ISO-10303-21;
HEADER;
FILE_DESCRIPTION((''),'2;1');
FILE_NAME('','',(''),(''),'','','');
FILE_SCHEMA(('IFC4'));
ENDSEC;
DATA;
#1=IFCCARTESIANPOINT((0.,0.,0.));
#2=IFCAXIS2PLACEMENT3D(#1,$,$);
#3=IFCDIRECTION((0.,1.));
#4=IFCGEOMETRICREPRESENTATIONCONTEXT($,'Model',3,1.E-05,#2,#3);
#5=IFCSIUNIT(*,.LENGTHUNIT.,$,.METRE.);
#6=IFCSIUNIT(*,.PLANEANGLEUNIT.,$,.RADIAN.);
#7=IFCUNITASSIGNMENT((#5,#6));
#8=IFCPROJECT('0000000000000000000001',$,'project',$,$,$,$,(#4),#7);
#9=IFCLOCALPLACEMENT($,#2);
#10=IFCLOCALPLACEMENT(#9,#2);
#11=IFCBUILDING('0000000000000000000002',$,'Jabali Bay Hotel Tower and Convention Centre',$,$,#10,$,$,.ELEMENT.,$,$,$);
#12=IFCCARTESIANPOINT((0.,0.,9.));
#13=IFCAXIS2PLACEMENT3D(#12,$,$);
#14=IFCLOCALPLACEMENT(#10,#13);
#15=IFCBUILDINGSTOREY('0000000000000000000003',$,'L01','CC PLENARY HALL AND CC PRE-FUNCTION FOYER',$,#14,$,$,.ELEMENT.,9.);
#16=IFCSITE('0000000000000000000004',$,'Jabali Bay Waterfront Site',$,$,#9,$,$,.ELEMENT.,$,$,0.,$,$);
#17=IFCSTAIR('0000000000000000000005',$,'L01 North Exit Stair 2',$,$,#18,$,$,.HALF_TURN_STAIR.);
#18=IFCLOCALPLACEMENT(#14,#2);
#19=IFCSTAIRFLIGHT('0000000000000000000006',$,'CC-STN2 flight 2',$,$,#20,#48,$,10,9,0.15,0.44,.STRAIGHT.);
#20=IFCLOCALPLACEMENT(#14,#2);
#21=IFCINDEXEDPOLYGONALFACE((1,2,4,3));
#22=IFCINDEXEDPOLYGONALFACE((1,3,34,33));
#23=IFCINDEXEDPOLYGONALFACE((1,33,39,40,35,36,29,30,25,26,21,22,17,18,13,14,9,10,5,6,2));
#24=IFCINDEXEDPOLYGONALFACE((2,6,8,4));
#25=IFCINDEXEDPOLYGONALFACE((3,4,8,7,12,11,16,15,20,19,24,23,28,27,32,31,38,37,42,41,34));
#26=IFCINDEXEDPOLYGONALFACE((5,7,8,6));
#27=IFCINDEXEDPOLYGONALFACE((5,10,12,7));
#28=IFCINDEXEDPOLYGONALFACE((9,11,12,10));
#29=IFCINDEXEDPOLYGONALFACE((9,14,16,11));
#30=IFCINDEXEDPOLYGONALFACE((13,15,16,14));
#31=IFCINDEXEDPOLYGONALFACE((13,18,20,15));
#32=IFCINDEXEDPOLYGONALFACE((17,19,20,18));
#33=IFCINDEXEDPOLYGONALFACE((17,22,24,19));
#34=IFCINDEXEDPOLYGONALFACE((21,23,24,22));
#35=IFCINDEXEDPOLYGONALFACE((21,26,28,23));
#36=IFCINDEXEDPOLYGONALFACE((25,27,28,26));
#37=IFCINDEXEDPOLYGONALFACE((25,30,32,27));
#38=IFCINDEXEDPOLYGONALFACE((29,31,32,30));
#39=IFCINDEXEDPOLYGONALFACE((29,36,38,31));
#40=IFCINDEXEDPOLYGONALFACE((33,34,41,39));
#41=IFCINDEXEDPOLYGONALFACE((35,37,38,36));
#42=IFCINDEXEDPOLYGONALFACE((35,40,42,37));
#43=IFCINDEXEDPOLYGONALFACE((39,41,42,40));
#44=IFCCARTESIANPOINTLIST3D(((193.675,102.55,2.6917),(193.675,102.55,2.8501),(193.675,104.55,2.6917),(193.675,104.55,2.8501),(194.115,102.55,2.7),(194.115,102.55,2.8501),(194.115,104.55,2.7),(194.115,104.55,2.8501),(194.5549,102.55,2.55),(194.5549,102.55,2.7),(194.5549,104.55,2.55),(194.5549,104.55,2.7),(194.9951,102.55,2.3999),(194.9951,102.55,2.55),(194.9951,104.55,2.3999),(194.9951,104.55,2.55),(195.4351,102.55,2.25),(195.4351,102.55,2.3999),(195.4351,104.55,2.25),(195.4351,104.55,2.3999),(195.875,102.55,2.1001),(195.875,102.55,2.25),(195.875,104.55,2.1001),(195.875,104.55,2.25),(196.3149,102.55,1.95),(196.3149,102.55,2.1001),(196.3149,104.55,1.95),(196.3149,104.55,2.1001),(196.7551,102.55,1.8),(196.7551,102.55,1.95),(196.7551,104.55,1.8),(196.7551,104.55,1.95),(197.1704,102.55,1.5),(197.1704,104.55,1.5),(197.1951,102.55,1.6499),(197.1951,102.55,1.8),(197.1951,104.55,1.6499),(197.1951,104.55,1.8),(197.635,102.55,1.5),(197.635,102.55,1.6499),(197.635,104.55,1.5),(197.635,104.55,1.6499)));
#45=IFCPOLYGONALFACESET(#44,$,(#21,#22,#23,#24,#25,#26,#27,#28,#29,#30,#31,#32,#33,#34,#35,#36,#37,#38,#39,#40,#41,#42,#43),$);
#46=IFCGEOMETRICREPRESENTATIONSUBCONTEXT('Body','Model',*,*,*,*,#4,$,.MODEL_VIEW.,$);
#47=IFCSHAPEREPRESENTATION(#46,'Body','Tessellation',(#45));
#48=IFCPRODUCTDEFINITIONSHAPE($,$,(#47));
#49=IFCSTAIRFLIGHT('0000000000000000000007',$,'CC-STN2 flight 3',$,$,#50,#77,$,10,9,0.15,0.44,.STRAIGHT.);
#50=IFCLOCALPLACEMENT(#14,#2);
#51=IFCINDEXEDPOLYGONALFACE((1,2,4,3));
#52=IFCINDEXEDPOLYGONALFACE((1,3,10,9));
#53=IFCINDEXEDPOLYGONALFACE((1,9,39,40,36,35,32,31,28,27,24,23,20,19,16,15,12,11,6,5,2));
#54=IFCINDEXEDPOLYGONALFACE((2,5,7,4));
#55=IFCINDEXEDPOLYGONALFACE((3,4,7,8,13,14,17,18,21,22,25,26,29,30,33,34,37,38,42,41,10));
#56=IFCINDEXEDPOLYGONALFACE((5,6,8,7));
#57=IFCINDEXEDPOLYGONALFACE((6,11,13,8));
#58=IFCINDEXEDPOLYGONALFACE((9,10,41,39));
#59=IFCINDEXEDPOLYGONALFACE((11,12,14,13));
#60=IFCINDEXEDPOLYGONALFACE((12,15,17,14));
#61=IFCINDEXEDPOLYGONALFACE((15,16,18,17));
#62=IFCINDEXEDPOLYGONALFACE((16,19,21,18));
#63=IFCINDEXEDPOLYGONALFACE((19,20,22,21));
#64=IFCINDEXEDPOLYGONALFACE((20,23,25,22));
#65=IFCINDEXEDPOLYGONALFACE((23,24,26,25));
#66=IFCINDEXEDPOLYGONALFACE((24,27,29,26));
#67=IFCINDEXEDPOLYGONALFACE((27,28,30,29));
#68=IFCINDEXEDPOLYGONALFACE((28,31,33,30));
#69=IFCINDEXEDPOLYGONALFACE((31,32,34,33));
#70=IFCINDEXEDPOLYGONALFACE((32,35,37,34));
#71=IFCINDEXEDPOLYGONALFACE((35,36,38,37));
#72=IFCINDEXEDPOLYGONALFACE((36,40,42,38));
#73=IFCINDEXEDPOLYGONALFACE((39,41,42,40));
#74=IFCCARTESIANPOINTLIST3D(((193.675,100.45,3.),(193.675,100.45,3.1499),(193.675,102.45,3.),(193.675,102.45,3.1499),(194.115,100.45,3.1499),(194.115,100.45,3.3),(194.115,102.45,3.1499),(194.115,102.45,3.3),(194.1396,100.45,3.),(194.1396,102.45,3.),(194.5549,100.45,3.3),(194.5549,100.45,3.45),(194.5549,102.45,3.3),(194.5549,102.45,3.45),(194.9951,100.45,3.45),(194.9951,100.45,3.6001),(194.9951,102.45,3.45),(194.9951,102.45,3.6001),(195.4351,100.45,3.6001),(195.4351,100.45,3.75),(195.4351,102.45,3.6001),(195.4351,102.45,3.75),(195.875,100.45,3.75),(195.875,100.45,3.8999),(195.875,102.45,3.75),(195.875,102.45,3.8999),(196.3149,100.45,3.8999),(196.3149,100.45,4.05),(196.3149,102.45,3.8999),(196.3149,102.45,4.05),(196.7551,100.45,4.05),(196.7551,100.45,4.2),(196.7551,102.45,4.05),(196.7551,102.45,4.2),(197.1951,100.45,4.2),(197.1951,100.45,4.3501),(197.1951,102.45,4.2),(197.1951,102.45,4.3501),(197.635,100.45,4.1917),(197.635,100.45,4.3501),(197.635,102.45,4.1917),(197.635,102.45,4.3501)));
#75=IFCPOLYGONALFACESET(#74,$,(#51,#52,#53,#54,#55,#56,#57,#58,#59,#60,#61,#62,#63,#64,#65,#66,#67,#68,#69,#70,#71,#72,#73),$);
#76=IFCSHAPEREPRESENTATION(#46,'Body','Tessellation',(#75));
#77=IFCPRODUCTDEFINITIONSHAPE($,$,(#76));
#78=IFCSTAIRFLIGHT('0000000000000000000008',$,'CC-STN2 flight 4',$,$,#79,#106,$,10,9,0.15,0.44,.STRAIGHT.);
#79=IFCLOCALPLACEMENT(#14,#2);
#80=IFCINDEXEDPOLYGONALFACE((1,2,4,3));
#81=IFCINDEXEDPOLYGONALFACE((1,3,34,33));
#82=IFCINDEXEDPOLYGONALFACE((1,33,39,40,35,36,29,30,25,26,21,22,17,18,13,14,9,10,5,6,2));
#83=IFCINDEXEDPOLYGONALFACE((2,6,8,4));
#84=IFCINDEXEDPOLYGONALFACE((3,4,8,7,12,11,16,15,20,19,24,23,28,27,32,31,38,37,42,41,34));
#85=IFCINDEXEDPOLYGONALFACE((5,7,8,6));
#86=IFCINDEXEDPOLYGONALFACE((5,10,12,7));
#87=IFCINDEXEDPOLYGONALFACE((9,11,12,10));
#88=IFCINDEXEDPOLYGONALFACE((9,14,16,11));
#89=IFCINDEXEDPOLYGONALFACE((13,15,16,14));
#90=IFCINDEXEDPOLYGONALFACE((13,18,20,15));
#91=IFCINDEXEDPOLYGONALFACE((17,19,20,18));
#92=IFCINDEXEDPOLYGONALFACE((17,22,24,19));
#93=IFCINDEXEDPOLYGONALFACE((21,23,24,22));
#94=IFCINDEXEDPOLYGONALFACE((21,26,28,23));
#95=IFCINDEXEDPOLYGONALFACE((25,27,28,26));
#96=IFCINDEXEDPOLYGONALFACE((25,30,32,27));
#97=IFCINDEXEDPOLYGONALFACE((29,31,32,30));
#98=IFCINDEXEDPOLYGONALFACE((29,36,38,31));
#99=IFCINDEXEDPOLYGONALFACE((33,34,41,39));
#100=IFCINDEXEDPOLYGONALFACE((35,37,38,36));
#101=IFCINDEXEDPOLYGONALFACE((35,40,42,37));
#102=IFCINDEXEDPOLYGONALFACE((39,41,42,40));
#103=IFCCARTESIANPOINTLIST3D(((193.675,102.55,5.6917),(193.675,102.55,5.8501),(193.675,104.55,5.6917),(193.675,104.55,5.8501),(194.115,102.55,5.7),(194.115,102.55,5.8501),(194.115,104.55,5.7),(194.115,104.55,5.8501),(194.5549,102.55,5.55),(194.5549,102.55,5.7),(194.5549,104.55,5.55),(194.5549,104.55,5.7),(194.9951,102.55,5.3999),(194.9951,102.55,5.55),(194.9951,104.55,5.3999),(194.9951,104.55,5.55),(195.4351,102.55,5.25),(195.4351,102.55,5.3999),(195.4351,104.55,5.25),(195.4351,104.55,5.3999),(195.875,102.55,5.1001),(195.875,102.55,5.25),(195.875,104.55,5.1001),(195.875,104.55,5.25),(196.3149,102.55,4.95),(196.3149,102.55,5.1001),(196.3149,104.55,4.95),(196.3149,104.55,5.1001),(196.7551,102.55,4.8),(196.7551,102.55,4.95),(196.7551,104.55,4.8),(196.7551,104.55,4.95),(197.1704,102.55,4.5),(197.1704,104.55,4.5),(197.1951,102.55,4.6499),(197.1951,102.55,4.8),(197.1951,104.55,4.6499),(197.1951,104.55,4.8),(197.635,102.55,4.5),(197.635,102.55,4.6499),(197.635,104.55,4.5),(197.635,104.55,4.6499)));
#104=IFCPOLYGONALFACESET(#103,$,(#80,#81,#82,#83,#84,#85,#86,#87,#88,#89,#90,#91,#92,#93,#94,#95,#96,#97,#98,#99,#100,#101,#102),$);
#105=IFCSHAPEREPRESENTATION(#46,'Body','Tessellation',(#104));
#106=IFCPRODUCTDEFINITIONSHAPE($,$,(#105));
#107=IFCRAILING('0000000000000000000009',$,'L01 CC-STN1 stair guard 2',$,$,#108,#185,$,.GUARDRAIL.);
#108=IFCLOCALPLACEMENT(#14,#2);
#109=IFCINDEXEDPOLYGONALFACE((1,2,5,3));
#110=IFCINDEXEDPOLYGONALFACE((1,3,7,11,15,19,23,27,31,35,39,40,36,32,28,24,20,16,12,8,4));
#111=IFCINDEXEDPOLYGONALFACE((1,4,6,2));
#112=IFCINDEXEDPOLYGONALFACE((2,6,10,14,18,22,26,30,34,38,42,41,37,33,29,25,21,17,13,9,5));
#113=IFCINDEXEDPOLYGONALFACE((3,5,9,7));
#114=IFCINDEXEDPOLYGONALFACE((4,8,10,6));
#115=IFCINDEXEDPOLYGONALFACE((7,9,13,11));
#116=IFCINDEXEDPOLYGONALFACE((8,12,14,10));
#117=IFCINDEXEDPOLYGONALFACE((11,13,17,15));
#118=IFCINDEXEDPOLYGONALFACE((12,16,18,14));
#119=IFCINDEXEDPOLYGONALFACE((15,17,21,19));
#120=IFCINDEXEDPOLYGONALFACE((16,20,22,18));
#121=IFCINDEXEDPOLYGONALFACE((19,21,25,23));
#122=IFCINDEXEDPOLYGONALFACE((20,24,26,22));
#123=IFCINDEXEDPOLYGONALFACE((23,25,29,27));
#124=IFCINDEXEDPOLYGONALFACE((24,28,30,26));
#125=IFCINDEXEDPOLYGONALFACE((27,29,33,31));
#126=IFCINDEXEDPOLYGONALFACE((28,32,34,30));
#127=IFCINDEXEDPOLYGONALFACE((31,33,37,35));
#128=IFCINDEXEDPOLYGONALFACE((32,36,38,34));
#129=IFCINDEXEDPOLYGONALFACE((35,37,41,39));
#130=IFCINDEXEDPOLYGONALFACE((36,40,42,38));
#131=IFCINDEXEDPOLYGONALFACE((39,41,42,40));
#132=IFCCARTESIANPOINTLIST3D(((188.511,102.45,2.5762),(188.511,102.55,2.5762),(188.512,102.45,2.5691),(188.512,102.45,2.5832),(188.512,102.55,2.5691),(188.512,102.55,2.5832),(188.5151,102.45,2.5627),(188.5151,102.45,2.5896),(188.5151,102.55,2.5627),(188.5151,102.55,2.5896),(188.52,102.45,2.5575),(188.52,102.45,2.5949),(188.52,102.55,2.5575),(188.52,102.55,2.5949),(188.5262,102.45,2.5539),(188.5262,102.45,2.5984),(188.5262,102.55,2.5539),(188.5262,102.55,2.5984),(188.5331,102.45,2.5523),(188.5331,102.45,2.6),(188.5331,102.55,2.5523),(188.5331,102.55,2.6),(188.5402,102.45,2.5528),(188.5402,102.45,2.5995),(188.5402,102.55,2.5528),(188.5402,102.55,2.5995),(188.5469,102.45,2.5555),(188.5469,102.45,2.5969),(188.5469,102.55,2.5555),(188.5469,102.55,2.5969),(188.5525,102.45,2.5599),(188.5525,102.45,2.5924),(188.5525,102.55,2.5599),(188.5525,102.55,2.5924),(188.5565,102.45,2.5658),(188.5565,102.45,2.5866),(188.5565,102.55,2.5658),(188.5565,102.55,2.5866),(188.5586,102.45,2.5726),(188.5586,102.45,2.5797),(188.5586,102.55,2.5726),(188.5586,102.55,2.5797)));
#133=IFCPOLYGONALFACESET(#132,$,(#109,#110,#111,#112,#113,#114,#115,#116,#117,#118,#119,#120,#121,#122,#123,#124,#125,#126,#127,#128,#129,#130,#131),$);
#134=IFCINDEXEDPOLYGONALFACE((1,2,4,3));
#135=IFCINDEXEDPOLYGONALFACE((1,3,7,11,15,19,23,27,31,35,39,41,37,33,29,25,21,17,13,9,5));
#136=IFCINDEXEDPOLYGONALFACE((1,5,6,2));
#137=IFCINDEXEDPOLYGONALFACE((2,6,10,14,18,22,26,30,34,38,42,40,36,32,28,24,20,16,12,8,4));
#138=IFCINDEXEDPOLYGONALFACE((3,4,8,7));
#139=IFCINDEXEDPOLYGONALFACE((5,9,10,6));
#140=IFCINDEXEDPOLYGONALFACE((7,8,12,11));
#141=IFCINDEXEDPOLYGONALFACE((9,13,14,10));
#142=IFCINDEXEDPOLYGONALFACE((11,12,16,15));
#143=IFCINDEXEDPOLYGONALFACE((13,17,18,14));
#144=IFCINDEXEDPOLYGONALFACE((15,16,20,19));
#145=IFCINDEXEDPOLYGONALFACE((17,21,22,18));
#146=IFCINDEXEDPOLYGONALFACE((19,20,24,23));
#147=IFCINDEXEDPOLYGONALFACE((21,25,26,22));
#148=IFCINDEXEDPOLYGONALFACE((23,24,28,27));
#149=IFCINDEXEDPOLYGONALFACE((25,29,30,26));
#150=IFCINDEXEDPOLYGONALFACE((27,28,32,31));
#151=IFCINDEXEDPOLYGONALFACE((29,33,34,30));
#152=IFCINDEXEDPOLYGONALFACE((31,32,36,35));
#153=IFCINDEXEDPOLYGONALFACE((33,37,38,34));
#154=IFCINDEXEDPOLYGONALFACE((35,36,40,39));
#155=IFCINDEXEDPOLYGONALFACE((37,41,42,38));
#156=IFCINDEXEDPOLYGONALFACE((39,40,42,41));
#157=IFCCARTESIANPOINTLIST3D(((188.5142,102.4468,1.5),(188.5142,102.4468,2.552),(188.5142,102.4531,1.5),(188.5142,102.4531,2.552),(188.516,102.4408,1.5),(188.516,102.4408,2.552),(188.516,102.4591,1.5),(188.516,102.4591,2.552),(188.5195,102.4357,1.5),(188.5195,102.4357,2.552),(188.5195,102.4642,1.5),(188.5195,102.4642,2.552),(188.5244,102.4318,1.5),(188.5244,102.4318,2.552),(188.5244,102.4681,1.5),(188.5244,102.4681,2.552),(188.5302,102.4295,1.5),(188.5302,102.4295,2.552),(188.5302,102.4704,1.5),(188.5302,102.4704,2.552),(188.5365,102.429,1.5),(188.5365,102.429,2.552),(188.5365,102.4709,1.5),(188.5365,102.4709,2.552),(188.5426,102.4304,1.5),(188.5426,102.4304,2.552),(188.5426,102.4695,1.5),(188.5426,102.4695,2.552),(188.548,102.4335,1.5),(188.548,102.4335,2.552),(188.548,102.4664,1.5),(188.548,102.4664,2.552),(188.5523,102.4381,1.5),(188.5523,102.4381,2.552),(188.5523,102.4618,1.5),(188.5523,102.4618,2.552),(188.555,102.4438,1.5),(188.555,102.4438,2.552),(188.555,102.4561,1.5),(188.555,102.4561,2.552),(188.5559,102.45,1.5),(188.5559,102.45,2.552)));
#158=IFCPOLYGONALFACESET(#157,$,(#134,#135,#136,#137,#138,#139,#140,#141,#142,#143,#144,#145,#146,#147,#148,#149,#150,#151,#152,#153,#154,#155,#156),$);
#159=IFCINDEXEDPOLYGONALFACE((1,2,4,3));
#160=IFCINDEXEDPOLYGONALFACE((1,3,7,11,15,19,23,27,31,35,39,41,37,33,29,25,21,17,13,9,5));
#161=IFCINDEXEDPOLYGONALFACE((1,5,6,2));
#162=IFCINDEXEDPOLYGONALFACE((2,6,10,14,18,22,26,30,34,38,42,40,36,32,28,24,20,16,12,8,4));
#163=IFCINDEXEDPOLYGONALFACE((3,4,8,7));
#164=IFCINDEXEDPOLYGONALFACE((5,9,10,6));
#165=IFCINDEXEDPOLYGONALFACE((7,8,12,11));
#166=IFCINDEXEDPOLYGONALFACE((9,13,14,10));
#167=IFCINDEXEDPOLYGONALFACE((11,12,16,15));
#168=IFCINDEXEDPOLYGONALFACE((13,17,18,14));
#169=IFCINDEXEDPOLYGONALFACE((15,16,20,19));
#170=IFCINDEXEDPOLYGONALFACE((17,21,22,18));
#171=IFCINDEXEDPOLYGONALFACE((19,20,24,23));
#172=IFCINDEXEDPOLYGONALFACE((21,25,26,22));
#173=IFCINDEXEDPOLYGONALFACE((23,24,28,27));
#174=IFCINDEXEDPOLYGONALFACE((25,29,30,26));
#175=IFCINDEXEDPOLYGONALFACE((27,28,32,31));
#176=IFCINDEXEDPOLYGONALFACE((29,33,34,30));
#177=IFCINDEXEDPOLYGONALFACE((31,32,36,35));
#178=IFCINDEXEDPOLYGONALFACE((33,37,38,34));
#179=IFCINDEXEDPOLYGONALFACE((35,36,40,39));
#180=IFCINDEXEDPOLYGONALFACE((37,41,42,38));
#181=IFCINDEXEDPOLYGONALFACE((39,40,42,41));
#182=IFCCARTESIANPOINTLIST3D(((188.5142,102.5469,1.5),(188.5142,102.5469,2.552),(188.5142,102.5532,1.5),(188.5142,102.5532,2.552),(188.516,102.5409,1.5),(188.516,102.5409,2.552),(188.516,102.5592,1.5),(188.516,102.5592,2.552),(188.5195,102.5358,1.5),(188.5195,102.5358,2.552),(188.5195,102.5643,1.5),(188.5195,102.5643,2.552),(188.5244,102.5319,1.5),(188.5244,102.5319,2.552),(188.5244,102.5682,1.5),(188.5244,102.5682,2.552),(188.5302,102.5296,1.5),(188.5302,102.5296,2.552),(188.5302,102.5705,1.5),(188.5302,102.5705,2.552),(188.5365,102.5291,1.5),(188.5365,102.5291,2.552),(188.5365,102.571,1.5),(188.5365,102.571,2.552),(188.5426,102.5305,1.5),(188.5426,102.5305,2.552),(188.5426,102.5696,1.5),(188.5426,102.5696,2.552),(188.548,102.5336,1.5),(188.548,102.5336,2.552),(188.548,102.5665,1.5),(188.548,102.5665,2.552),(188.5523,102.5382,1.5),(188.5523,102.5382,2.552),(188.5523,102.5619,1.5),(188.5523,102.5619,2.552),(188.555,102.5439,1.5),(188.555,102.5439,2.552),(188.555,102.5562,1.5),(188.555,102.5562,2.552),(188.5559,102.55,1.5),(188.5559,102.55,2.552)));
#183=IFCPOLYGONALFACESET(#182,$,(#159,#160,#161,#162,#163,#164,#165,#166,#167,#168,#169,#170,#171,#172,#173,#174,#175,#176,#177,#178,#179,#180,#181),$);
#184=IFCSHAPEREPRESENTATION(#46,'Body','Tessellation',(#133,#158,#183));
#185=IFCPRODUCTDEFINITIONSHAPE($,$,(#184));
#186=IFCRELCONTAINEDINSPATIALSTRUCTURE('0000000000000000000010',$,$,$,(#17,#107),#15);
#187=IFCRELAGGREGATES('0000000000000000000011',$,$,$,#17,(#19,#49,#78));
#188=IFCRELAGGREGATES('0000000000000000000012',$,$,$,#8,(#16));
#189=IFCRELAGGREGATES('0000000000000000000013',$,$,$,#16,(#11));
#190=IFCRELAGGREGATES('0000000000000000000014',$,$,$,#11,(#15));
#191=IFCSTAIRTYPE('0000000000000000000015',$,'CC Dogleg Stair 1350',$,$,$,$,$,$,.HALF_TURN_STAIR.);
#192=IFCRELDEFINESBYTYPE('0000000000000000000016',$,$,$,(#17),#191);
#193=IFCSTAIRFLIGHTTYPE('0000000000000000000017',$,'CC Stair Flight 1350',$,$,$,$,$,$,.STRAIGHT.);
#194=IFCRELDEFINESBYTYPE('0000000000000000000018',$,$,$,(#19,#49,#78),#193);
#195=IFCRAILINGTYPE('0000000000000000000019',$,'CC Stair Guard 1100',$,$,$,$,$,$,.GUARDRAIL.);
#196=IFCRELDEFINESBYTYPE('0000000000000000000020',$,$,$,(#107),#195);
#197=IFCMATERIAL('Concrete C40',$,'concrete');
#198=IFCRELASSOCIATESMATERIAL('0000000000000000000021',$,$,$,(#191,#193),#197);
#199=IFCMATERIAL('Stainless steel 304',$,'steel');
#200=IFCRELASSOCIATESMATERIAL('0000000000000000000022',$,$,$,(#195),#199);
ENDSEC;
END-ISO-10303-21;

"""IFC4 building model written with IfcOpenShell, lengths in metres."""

from ifc_helpers import new_model, si_unit, direction, frame, origin, origin_2d, place, context, subcontext, project, spatial, polyline, circle, outline, extrude, material, type_object, element, aggregate, save


model = new_model("IFC4")

# Units and contexts
model_context = context("Model", 3, precision=1e-05, world=origin(), true_north=direction((0.0, 1.0)))
body_context = subcontext(model_context, "Body", "Model", "MODEL_VIEW")
ifc_project = project(units=[si_unit("LENGTHUNIT", "METRE"), si_unit("PLANEANGLEUNIT", "RADIAN")], contexts=[model_context])

# Site, building, storey
site_placement = place(None, origin())
site = spatial("IfcSite", under=ifc_project, at=site_placement, Name="Jabali Bay Waterfront Site", CompositionType="ELEMENT", RefElevation=0.0)
building_placement = place(site_placement, origin())
building = spatial("IfcBuilding", under=site, at=building_placement, Name="Jabali Bay Hotel Tower and Convention Centre", CompositionType="ELEMENT")
storey_placement = place(building_placement, frame((0.0, 0.0, 9.0)))
storey = spatial("IfcBuildingStorey", under=building, at=storey_placement, Name="L01", Description="CC PLENARY HALL AND CC PRE-FUNCTION FOYER", CompositionType="ELEMENT", Elevation=9.0)

# Shared definitions
ifc_material_1 = material(Name="Concrete C40", Category="concrete")

# Stair, stair flights
stair_type = type_object("IfcStairType", Name="CC Dogleg Stair 1350", PredefinedType="HALF_TURN_STAIR", material=ifc_material_1)
stair_flight_type = type_object("IfcStairFlightType", Name="CC Stair Flight 1350", PredefinedType="STRAIGHT", material=ifc_material_1)
stair_1_placement = place(storey_placement, origin())
stair_1 = element("IfcStair", 1, at=stair_1_placement, inside=storey, type_object=stair_type, Name="L01 North Exit Stair 2", PredefinedType="HALF_TURN_STAIR")
stair_flight_1_placement = place(storey_placement, frame((197.635, 103.55, 1.5), z_axis=(0.0, 0.0, 1.0), x_axis=(-1.0, 0.0, 0.0)))
stair_flight_1 = element("IfcStairFlight", 2, at=stair_flight_1_placement, type_object=stair_flight_type, Name="CC-STN2 flight 2", NumberOfRisers=10, NumberOfTreads=9, PredefinedType="STRAIGHT", RiserHeight=0.15, TreadLength=0.44, context=body_context, shape_type="SweptSolid", body=[
    extrude(outline(polyline([(0.0, 0.0), (0.0, 0.1499), (0.4399, 0.1499), (0.4399, 0.3), (0.8799, 0.3), (0.8799, 0.45), (1.3201, 0.45), (1.3201, 0.6001), (1.76, 0.6001), (1.76, 0.75), (2.2, 0.75), (2.2, 0.8999), (2.6399, 0.8999), (2.6399, 1.05), (3.0801, 1.05), (3.0801, 1.2), (3.52, 1.2), (3.52, 1.3501), (3.96, 1.3501), (3.96, 1.5), (3.96, 1.1917), (0.4646, 0.0), (0.0, 0.0)])), frame((0.0, 1.0, 0.0), z_axis=(0.0, -1.0, 0.0), x_axis=(1.0, 0.0, 0.0)), (0.0, 0.0, 1.0), 2.0),
])
stair_flight_2_placement = place(storey_placement, frame((193.675, 101.45, 3.0), z_axis=(0.0, 0.0, 1.0), x_axis=(1.0, 0.0, 0.0)))
stair_flight_2 = element("IfcStairFlight", 3, at=stair_flight_2_placement, type_object=stair_flight_type, Name="CC-STN2 flight 3", NumberOfRisers=10, NumberOfTreads=9, PredefinedType="STRAIGHT", RiserHeight=0.15, TreadLength=0.44, context=body_context, shape_type="SweptSolid", body=[
    extrude(outline(polyline([(0.0, 0.0), (0.0, 0.1499), (0.4399, 0.1499), (0.4399, 0.3), (0.8799, 0.3), (0.8799, 0.45), (1.3201, 0.45), (1.3201, 0.6001), (1.76, 0.6001), (1.76, 0.75), (2.2, 0.75), (2.2, 0.8999), (2.6399, 0.8999), (2.6399, 1.05), (3.0801, 1.05), (3.0801, 1.2), (3.52, 1.2), (3.52, 1.3501), (3.96, 1.3501), (3.96, 1.5), (3.96, 1.1917), (0.4646, 0.0), (0.0, 0.0)])), frame((0.0, 1.0, 0.0), z_axis=(0.0, -1.0, 0.0), x_axis=(1.0, 0.0, 0.0)), (0.0, 0.0, 1.0), 2.0),
])
stair_flight_3_placement = place(storey_placement, frame((197.635, 103.55, 4.5), z_axis=(0.0, 0.0, 1.0), x_axis=(-1.0, 0.0, 0.0)))
stair_flight_3 = element("IfcStairFlight", 4, at=stair_flight_3_placement, type_object=stair_flight_type, Name="CC-STN2 flight 4", NumberOfRisers=10, NumberOfTreads=9, PredefinedType="STRAIGHT", RiserHeight=0.15, TreadLength=0.44, context=body_context, shape_type="SweptSolid", body=[
    extrude(outline(polyline([(0.0, 0.0), (0.0, 0.1499), (0.4399, 0.1499), (0.4399, 0.3), (0.8799, 0.3), (0.8799, 0.45), (1.3201, 0.45), (1.3201, 0.6001), (1.76, 0.6001), (1.76, 0.75), (2.2, 0.75), (2.2, 0.8999), (2.6399, 0.8999), (2.6399, 1.05), (3.0801, 1.05), (3.0801, 1.2), (3.52, 1.2), (3.52, 1.3501), (3.96, 1.3501), (3.96, 1.5), (3.96, 1.1917), (0.4646, 0.0), (0.0, 0.0)])), frame((0.0, 1.0, 0.0), z_axis=(0.0, -1.0, 0.0), x_axis=(1.0, 0.0, 0.0)), (0.0, 0.0, 1.0), 2.0),
])
aggregate(stair_1, [stair_flight_1, stair_flight_2, stair_flight_3])

# Railing
ifc_material_2 = material(Name="Stainless steel 304", Category="steel")
railing_type_1 = type_object("IfcRailingType", Name="CC Stair Guard 1100", PredefinedType="GUARDRAIL", material=ifc_material_2)
railing_1_placement = place(storey_placement, frame((188.5349, 102.45, 1.5)))
element("IfcRailing", 5, at=railing_1_placement, inside=storey, type_object=railing_type_1, Name="L01 CC-STN1 stair guard 2", PredefinedType="GUARDRAIL", context=body_context, shape_type="SweptSolid", body=[
    extrude(circle(Radius=0.0239, at=origin_2d()), frame((0.0, 0.0, 1.0762), z_axis=(0.0, 1.0, 0.0), x_axis=(-1.0, 0.0, 0.0)), (0.0, 0.0, 1.0), 0.1001),
    extrude(circle(Radius=0.021, at=origin_2d()), origin(), (0.0, 0.0, 1.0), 1.052),
    extrude(circle(Radius=0.021, at=origin_2d()), frame((0.0, 0.1001, 0.0)), (0.0, 0.0, 1.0), 1.052),
])

save(model, "model.ifc")
